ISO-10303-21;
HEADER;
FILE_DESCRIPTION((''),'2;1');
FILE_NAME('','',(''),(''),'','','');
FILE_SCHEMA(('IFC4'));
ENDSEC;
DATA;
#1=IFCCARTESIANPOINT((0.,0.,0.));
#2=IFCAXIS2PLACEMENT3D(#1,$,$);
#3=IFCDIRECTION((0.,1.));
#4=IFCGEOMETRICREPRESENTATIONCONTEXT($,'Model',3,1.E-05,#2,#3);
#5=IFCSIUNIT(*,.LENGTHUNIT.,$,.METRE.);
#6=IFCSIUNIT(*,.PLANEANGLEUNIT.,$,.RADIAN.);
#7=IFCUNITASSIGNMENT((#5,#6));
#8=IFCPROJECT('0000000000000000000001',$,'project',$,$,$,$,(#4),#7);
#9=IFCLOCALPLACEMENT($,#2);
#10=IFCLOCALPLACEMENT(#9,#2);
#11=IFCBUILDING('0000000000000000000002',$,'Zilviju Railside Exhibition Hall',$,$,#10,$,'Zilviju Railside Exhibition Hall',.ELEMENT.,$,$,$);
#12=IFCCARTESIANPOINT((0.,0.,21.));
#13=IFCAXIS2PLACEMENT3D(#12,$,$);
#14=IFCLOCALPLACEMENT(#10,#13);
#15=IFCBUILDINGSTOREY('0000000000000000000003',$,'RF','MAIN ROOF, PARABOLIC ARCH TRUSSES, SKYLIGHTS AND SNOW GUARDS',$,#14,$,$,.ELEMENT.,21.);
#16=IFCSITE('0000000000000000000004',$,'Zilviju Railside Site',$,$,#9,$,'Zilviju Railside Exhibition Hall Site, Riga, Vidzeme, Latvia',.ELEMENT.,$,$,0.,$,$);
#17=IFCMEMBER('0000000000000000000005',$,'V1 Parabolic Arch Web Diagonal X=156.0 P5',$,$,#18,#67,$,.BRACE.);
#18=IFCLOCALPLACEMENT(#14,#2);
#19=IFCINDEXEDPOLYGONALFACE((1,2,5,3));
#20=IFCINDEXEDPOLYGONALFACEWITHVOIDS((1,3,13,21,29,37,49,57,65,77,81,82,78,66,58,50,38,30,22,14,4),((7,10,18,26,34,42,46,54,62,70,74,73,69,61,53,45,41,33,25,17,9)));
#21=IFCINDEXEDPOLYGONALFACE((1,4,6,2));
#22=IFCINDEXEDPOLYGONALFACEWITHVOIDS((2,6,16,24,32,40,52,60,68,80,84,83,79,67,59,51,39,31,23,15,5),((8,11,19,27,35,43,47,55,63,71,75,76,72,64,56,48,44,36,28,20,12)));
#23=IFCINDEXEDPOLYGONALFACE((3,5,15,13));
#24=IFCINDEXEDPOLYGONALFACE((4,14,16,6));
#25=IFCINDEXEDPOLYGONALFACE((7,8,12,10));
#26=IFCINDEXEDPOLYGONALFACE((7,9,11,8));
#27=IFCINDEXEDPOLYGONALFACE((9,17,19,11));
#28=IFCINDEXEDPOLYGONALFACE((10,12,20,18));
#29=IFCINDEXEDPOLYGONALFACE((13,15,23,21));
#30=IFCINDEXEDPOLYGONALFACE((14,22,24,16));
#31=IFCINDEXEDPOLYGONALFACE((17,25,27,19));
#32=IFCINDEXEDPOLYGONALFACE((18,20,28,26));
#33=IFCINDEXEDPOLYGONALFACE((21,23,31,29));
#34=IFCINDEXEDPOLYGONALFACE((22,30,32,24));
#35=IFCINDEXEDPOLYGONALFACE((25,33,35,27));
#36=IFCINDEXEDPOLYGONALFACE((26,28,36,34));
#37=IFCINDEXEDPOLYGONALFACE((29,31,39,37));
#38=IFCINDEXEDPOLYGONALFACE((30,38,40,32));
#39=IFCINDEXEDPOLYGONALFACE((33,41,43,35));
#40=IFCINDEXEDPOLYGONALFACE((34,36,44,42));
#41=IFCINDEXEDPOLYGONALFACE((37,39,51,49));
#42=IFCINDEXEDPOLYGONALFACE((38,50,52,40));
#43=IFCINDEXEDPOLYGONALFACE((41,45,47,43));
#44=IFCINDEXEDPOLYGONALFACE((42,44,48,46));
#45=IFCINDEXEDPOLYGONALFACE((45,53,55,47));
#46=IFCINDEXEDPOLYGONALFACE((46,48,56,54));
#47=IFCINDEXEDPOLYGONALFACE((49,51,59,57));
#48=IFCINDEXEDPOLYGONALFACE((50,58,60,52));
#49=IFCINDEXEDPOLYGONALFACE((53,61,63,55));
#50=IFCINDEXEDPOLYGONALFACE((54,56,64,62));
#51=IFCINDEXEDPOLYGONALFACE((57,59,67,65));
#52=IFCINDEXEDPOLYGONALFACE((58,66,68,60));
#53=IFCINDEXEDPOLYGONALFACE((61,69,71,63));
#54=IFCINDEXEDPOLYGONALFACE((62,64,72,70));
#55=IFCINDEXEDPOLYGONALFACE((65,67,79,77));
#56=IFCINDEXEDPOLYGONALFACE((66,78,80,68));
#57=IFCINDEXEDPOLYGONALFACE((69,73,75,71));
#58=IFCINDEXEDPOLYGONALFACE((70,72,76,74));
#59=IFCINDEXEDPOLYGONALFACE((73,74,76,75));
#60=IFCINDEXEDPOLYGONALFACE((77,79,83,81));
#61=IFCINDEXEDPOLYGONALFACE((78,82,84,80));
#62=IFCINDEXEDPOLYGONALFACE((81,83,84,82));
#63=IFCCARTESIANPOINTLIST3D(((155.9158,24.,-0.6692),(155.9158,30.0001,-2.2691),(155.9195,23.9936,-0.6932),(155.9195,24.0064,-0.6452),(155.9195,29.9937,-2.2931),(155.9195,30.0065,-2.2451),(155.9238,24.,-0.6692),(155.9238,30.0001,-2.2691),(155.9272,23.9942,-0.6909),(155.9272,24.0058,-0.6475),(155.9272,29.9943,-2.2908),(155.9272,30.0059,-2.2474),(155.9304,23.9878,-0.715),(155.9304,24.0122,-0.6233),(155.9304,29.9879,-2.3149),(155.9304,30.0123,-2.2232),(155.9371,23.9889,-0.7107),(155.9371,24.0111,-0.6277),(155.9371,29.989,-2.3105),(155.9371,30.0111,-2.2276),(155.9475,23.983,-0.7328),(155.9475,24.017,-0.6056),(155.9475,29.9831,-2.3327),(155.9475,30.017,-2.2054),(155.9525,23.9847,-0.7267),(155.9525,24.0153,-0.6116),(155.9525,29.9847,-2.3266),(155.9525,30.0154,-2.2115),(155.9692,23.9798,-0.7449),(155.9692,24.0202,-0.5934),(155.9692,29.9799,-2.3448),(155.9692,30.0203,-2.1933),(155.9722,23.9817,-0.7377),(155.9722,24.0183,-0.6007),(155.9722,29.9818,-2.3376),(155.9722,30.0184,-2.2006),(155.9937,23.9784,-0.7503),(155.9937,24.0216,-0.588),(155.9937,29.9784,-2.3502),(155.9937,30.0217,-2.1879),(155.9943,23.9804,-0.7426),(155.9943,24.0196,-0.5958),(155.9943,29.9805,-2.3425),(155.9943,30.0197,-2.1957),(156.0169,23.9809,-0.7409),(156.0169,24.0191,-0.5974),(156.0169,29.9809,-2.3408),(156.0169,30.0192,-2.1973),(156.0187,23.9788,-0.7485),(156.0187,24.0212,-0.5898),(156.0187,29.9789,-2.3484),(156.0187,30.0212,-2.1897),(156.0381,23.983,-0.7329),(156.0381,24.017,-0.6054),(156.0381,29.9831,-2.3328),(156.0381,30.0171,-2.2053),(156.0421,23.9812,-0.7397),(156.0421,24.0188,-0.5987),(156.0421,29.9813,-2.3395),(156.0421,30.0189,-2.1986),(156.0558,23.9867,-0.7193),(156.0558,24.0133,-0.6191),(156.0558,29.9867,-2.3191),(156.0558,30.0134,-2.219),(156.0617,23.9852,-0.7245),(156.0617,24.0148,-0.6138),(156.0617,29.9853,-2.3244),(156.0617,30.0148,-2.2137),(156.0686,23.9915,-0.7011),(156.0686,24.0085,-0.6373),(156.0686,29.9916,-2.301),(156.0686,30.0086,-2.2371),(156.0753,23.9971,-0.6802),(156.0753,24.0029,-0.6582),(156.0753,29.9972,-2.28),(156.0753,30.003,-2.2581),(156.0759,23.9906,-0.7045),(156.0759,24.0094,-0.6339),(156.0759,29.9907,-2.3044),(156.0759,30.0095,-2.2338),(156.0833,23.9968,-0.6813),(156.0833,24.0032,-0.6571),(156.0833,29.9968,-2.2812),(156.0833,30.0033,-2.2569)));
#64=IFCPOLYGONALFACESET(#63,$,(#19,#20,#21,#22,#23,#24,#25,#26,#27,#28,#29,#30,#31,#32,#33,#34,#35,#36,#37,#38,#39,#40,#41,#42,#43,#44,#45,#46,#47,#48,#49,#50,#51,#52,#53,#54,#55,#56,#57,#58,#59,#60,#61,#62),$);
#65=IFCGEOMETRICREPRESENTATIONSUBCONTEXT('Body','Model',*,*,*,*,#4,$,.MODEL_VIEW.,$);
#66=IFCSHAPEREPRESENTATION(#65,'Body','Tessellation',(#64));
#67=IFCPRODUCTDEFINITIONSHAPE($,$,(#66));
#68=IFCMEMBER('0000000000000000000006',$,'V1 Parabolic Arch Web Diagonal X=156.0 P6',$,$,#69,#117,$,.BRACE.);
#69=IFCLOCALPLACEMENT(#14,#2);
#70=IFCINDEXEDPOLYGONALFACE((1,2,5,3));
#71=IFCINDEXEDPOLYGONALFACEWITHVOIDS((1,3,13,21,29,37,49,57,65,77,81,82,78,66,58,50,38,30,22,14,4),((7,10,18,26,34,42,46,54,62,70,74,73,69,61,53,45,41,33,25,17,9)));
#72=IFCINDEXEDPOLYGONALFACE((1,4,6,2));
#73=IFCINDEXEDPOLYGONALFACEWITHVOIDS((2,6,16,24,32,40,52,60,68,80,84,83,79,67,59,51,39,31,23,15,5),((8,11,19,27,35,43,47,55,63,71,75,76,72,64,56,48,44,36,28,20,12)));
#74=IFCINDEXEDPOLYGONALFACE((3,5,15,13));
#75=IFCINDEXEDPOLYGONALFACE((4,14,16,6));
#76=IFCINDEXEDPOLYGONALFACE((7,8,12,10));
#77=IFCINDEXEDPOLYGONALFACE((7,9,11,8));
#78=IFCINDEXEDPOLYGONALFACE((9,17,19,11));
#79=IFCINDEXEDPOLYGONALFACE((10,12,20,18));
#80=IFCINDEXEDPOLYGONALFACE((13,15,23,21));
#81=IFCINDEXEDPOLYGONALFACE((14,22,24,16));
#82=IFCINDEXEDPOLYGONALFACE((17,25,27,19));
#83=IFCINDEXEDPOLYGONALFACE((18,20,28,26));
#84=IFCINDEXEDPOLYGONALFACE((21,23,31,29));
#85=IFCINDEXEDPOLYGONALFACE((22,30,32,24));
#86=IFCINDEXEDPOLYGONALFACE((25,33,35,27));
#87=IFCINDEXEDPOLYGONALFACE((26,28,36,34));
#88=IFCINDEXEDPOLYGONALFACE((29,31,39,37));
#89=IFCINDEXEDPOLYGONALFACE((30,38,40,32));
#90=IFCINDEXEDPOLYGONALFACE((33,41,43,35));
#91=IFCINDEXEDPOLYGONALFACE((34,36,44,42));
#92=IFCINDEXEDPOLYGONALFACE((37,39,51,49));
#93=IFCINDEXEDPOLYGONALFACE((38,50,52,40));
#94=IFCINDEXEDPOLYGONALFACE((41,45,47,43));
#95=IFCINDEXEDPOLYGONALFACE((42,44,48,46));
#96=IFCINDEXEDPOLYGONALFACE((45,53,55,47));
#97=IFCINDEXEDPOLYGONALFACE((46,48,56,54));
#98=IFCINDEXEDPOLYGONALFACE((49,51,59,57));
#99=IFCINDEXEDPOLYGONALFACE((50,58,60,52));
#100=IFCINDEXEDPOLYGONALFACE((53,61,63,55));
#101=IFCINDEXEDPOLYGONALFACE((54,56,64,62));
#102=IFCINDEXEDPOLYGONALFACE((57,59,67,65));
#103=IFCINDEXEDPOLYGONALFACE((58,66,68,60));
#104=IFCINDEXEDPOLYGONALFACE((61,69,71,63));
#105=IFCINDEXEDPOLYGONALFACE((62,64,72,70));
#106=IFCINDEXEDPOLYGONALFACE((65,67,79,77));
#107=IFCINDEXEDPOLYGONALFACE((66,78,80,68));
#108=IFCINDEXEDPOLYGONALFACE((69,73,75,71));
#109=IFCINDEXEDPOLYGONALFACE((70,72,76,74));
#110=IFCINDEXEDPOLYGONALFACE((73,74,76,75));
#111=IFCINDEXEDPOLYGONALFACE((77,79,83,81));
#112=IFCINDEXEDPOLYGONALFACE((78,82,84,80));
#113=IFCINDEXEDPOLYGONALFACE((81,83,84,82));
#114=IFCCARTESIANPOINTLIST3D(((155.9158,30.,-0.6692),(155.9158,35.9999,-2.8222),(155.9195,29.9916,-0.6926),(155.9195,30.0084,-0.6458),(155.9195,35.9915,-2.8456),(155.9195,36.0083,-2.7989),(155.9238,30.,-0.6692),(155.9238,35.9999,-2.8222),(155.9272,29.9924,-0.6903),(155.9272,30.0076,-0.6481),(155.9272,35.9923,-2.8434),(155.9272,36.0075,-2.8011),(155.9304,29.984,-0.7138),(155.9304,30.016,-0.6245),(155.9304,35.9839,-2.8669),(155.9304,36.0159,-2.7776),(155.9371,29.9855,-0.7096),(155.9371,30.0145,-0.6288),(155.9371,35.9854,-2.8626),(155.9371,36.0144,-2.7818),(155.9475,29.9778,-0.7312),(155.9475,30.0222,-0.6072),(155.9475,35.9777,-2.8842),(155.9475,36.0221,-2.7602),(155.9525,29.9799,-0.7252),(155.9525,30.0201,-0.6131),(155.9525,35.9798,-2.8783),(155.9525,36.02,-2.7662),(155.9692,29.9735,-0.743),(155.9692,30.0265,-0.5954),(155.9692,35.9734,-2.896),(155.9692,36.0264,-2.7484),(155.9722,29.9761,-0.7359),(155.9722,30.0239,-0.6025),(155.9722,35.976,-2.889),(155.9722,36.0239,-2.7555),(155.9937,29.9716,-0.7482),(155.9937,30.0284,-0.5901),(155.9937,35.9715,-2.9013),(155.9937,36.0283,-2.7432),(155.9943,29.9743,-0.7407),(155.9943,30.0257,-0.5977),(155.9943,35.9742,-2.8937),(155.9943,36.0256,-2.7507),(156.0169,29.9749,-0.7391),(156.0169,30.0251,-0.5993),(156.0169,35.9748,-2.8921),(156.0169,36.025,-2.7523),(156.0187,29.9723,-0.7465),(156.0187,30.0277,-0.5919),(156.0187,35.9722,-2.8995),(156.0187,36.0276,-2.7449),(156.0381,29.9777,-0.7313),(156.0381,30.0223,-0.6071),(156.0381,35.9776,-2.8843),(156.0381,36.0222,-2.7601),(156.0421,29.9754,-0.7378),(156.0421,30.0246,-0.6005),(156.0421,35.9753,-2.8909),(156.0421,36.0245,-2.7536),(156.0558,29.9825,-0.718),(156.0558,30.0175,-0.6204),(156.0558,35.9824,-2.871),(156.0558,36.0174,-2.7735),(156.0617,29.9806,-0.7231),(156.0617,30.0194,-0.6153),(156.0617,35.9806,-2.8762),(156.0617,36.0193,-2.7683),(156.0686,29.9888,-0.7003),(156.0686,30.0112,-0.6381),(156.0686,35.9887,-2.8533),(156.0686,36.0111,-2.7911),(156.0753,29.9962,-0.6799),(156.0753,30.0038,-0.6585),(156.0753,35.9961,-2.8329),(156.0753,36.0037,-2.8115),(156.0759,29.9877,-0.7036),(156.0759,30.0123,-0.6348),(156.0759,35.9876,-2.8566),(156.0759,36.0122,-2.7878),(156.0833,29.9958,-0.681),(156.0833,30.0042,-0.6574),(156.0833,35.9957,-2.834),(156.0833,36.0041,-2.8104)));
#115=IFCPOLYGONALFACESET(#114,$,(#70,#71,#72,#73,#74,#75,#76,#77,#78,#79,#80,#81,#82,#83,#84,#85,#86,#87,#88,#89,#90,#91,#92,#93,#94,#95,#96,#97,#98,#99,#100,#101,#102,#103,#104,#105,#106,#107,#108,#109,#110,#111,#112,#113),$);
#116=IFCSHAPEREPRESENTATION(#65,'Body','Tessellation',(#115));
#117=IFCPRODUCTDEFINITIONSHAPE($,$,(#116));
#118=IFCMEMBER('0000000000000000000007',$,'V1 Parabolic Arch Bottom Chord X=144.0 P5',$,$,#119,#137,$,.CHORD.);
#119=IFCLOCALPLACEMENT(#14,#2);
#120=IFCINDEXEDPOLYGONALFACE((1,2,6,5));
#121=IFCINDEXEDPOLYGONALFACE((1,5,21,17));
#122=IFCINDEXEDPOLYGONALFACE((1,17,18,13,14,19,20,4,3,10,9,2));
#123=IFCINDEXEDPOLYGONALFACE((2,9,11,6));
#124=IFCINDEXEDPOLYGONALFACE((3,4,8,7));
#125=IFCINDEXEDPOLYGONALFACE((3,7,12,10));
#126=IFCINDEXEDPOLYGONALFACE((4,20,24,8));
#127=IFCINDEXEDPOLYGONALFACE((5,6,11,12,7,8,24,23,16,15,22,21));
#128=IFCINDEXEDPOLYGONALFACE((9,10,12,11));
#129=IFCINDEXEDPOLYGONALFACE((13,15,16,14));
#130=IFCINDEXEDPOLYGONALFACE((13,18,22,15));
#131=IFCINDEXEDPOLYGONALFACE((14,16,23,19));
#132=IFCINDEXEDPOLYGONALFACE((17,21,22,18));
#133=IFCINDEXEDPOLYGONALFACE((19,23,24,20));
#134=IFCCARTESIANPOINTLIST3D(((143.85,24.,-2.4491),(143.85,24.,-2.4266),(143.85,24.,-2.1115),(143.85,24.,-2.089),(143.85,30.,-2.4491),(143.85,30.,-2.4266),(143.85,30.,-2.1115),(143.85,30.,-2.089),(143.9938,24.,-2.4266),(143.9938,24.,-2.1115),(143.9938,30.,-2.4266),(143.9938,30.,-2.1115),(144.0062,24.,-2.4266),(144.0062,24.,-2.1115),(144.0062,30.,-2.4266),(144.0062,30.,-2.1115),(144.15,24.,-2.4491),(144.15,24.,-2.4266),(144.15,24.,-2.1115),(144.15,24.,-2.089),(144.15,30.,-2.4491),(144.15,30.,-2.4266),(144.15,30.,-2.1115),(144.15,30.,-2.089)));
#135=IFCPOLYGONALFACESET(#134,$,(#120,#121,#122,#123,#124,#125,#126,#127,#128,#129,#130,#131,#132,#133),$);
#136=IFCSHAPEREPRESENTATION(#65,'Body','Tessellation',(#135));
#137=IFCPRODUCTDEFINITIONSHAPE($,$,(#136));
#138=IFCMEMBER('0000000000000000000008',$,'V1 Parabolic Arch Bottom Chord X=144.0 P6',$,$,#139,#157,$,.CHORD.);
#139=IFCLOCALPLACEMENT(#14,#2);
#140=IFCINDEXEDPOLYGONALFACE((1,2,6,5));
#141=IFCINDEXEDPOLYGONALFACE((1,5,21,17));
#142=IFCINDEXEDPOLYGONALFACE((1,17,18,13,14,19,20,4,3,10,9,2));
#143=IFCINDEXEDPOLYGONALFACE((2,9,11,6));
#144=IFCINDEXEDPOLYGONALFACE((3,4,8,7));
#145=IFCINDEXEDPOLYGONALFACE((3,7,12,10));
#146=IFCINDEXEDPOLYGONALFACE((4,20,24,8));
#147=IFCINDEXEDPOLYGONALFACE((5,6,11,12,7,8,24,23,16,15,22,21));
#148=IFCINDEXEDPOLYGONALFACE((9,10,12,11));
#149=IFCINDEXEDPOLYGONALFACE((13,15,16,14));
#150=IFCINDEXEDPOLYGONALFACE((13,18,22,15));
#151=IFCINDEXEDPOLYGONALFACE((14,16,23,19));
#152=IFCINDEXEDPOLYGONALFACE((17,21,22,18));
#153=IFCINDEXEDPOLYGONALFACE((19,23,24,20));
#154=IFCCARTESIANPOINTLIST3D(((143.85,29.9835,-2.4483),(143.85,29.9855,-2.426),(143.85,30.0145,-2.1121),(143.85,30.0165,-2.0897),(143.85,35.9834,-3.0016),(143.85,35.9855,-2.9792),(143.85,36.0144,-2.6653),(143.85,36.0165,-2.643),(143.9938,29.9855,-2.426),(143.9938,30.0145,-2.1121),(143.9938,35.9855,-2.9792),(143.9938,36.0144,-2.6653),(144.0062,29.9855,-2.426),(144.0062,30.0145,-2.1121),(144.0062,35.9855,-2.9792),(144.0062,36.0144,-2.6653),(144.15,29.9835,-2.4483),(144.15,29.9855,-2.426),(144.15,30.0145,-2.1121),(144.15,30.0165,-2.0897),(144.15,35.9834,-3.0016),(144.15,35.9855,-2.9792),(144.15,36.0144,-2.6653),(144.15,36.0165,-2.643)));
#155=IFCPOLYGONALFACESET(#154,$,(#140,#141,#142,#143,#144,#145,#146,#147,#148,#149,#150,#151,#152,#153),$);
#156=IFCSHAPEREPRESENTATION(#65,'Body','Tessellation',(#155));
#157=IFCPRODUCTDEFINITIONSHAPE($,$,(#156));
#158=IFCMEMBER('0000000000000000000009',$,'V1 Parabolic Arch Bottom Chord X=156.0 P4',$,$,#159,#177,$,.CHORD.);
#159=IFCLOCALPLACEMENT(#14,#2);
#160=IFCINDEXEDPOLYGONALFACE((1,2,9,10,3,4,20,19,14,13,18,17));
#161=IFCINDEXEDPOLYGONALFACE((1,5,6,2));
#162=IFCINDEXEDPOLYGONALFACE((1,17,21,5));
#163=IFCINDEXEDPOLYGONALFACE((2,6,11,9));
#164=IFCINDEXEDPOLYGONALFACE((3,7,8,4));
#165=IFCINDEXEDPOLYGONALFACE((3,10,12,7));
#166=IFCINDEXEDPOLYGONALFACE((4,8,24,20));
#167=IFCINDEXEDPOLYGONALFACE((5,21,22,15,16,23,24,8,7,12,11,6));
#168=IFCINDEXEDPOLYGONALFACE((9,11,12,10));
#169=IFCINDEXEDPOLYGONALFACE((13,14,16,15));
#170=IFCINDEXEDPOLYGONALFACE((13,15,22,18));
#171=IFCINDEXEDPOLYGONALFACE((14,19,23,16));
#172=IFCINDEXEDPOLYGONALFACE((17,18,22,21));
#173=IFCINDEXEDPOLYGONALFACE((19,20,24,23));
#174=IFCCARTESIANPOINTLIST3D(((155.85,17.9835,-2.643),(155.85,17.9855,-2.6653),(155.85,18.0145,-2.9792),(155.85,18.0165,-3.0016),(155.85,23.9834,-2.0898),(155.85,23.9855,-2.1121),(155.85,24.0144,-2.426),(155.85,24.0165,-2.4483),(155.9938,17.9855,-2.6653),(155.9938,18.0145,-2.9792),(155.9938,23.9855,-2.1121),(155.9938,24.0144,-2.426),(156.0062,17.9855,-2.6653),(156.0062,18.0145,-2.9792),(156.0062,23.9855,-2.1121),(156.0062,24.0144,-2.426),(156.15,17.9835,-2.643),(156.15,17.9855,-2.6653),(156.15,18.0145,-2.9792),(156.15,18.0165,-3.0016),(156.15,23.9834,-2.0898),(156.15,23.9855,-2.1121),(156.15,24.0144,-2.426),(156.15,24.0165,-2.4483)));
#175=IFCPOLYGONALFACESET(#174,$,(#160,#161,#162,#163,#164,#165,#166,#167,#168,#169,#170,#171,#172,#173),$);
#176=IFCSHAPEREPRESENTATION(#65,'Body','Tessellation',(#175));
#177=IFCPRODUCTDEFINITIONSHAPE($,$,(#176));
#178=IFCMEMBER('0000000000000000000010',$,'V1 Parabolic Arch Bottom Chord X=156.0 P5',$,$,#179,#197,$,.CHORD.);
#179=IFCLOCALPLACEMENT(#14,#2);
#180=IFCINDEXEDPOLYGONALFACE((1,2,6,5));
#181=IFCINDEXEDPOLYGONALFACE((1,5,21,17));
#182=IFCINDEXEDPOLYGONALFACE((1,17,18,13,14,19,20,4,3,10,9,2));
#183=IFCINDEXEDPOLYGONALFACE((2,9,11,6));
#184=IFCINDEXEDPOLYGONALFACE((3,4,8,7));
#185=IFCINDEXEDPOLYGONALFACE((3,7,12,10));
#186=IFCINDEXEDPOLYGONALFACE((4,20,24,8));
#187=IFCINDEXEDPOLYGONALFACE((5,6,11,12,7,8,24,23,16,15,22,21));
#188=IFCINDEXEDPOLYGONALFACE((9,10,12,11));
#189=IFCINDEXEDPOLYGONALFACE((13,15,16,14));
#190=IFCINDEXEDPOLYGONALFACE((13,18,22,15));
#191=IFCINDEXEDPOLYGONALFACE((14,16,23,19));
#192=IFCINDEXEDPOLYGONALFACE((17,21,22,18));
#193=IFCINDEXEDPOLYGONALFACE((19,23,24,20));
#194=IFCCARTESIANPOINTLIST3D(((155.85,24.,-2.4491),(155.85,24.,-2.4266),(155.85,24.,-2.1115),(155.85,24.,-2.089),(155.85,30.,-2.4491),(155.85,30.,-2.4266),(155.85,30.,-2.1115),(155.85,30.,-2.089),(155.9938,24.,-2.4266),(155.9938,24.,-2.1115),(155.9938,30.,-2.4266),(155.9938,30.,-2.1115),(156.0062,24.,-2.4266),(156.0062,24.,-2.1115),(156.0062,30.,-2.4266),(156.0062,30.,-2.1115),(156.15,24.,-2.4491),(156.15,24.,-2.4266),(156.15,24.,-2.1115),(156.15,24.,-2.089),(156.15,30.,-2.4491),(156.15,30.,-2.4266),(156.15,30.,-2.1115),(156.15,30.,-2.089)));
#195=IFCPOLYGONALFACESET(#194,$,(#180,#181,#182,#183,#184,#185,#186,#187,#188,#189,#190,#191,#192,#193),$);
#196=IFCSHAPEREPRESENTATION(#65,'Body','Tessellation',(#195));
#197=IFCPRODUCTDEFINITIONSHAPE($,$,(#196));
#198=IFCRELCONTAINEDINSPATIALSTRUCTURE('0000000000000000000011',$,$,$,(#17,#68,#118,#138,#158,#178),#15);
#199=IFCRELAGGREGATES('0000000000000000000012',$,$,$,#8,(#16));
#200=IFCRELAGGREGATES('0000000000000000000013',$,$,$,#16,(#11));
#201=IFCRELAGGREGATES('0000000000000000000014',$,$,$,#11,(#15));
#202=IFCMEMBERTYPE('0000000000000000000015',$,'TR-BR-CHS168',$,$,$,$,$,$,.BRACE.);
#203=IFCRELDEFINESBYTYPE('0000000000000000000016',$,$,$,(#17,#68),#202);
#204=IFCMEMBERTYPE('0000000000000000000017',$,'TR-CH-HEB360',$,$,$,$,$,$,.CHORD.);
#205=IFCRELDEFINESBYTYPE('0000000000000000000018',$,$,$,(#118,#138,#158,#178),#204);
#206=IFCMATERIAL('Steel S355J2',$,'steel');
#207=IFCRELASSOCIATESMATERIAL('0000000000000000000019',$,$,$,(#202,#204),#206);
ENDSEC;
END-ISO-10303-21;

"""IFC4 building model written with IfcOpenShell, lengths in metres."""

from ifc_helpers import new_model, si_unit, direction, frame, origin, origin_2d, place, context, subcontext, project, spatial, hollow_circle, i_section, extrude, material, material_profile, profile_set, type_object, element, save


model = new_model("IFC4")

# Units and contexts
model_context = context("Model", 3, precision=1e-05, world=origin(), true_north=direction((0.0, 1.0)))
body_context = subcontext(model_context, "Body", "Model", "MODEL_VIEW")
ifc_project = project(units=[si_unit("LENGTHUNIT", "METRE"), si_unit("PLANEANGLEUNIT", "RADIAN")], contexts=[model_context])

# Site, building, storey
site_placement = place(None, origin())
site = spatial("IfcSite", under=ifc_project, at=site_placement, Name="Zilviju Railside Site", LongName="Zilviju Railside Exhibition Hall Site, Riga, Vidzeme, Latvia", CompositionType="ELEMENT", RefElevation=0.0)
building_placement = place(site_placement, origin())
building = spatial("IfcBuilding", under=site, at=building_placement, Name="Zilviju Railside Exhibition Hall", LongName="Zilviju Railside Exhibition Hall", CompositionType="ELEMENT")
storey_placement = place(building_placement, frame((0.0, 0.0, 21.0)))
storey = spatial("IfcBuildingStorey", under=building, at=storey_placement, Name="RF", Description="MAIN ROOF, PARABOLIC ARCH TRUSSES, SKYLIGHTS AND SNOW GUARDS", CompositionType="ELEMENT", Elevation=21.0)

# Members
ifc_material_1 = material(Name="Steel S355J2", Category="steel")
ifc_material_profile_1 = material_profile(ifc_material_1, hollow_circle(Radius=0.0842, WallThickness=0.0081, at=origin_2d()), Name="CHS 168.3x8.0")
ifc_profile_set_1 = profile_set([ifc_material_profile_1], Name="Steel S355J2")
member_type_1 = type_object("IfcMemberType", Name="TR-BR-CHS168", PredefinedType="BRACE", material=ifc_profile_set_1)
member_1_placement = place(storey_placement, frame((156.0, 24.0, -0.6692), z_axis=(0.0, 0.966241, -0.257641), x_axis=(-1.0, 0.0, 0.0)))
element("IfcMember", 1, at=member_1_placement, inside=storey, type_object=member_type_1, Name="V1 Parabolic Arch Web Diagonal X=156.0 P5", PredefinedType="BRACE", context=body_context, shape_type="SweptSolid", body=[
    extrude(hollow_circle(Radius=0.0842, WallThickness=0.0081, at=origin_2d()), origin(), (0.0, 0.0, 1.0), 6.2097),
])
member_2_placement = place(storey_placement, frame((156.0, 30.0, -0.6692), z_axis=(0.0, 0.941233, -0.337758), x_axis=(-1.0, 0.0, 0.0)))
element("IfcMember", 2, at=member_2_placement, inside=storey, type_object=member_type_1, Name="V1 Parabolic Arch Web Diagonal X=156.0 P6", PredefinedType="BRACE", context=body_context, shape_type="SweptSolid", body=[
    extrude(hollow_circle(Radius=0.0842, WallThickness=0.0081, at=origin_2d()), origin(), (0.0, 0.0, 1.0), 6.3745),
])
ifc_material_profile_2 = material_profile(ifc_material_1, i_section(OverallWidth=0.3, OverallDepth=0.3601, WebThickness=0.0125, FlangeThickness=0.0225, at=origin_2d()), Name="HEB 360")
ifc_profile_set_2 = profile_set([ifc_material_profile_2], Name="Steel S355J2")
member_type_2 = type_object("IfcMemberType", Name="TR-CH-HEB360", PredefinedType="CHORD", material=ifc_profile_set_2)
member_3_placement = place(storey_placement, frame((144.0, 24.0, -2.269), z_axis=(0.0, 1.0, 0.0), x_axis=(-1.0, 0.0, 0.0)))
element("IfcMember", 3, at=member_3_placement, inside=storey, type_object=member_type_2, Name="V1 Parabolic Arch Bottom Chord X=144.0 P5", PredefinedType="CHORD", context=body_context, shape_type="SweptSolid", body=[
    extrude(i_section(OverallWidth=0.3, OverallDepth=0.3601, WebThickness=0.0125, FlangeThickness=0.0225, at=origin_2d()), origin(), (0.0, 0.0, 1.0), 6.0),
])
for number, where, z_axis, x_axis, name in (
    (4, (144.0, 30.0, -2.269), (0.0, 0.995776, -0.091814), (-1.0, 0.0, 0.0), "V1 Parabolic Arch Bottom Chord X=144.0 P6"),
    (5, (156.0, 18.0, -2.8223), (0.0, 0.995776, 0.091814), (-1.0, 0.0, 0.0), "V1 Parabolic Arch Bottom Chord X=156.0 P4"),
):
    element("IfcMember", number, at=place(storey_placement, frame(where, z_axis=z_axis, x_axis=x_axis)), inside=storey, type_object=member_type_2, Name=name, PredefinedType="CHORD", context=body_context, shape_type="SweptSolid", body=[
        extrude(i_section(OverallWidth=0.3, OverallDepth=0.3601, WebThickness=0.0125, FlangeThickness=0.0225, at=origin_2d()), origin(), (0.0, 0.0, 1.0), 6.0254),
    ])
member_4_placement = place(storey_placement, frame((156.0, 24.0, -2.269), z_axis=(0.0, 1.0, 0.0), x_axis=(-1.0, 0.0, 0.0)))
element("IfcMember", 6, at=member_4_placement, inside=storey, type_object=member_type_2, Name="V1 Parabolic Arch Bottom Chord X=156.0 P5", PredefinedType="CHORD", context=body_context, shape_type="SweptSolid", body=[
    extrude(i_section(OverallWidth=0.3, OverallDepth=0.3601, WebThickness=0.0125, FlangeThickness=0.0225, at=origin_2d()), origin(), (0.0, 0.0, 1.0), 6.0),
])

save(model, "model.ifc")
